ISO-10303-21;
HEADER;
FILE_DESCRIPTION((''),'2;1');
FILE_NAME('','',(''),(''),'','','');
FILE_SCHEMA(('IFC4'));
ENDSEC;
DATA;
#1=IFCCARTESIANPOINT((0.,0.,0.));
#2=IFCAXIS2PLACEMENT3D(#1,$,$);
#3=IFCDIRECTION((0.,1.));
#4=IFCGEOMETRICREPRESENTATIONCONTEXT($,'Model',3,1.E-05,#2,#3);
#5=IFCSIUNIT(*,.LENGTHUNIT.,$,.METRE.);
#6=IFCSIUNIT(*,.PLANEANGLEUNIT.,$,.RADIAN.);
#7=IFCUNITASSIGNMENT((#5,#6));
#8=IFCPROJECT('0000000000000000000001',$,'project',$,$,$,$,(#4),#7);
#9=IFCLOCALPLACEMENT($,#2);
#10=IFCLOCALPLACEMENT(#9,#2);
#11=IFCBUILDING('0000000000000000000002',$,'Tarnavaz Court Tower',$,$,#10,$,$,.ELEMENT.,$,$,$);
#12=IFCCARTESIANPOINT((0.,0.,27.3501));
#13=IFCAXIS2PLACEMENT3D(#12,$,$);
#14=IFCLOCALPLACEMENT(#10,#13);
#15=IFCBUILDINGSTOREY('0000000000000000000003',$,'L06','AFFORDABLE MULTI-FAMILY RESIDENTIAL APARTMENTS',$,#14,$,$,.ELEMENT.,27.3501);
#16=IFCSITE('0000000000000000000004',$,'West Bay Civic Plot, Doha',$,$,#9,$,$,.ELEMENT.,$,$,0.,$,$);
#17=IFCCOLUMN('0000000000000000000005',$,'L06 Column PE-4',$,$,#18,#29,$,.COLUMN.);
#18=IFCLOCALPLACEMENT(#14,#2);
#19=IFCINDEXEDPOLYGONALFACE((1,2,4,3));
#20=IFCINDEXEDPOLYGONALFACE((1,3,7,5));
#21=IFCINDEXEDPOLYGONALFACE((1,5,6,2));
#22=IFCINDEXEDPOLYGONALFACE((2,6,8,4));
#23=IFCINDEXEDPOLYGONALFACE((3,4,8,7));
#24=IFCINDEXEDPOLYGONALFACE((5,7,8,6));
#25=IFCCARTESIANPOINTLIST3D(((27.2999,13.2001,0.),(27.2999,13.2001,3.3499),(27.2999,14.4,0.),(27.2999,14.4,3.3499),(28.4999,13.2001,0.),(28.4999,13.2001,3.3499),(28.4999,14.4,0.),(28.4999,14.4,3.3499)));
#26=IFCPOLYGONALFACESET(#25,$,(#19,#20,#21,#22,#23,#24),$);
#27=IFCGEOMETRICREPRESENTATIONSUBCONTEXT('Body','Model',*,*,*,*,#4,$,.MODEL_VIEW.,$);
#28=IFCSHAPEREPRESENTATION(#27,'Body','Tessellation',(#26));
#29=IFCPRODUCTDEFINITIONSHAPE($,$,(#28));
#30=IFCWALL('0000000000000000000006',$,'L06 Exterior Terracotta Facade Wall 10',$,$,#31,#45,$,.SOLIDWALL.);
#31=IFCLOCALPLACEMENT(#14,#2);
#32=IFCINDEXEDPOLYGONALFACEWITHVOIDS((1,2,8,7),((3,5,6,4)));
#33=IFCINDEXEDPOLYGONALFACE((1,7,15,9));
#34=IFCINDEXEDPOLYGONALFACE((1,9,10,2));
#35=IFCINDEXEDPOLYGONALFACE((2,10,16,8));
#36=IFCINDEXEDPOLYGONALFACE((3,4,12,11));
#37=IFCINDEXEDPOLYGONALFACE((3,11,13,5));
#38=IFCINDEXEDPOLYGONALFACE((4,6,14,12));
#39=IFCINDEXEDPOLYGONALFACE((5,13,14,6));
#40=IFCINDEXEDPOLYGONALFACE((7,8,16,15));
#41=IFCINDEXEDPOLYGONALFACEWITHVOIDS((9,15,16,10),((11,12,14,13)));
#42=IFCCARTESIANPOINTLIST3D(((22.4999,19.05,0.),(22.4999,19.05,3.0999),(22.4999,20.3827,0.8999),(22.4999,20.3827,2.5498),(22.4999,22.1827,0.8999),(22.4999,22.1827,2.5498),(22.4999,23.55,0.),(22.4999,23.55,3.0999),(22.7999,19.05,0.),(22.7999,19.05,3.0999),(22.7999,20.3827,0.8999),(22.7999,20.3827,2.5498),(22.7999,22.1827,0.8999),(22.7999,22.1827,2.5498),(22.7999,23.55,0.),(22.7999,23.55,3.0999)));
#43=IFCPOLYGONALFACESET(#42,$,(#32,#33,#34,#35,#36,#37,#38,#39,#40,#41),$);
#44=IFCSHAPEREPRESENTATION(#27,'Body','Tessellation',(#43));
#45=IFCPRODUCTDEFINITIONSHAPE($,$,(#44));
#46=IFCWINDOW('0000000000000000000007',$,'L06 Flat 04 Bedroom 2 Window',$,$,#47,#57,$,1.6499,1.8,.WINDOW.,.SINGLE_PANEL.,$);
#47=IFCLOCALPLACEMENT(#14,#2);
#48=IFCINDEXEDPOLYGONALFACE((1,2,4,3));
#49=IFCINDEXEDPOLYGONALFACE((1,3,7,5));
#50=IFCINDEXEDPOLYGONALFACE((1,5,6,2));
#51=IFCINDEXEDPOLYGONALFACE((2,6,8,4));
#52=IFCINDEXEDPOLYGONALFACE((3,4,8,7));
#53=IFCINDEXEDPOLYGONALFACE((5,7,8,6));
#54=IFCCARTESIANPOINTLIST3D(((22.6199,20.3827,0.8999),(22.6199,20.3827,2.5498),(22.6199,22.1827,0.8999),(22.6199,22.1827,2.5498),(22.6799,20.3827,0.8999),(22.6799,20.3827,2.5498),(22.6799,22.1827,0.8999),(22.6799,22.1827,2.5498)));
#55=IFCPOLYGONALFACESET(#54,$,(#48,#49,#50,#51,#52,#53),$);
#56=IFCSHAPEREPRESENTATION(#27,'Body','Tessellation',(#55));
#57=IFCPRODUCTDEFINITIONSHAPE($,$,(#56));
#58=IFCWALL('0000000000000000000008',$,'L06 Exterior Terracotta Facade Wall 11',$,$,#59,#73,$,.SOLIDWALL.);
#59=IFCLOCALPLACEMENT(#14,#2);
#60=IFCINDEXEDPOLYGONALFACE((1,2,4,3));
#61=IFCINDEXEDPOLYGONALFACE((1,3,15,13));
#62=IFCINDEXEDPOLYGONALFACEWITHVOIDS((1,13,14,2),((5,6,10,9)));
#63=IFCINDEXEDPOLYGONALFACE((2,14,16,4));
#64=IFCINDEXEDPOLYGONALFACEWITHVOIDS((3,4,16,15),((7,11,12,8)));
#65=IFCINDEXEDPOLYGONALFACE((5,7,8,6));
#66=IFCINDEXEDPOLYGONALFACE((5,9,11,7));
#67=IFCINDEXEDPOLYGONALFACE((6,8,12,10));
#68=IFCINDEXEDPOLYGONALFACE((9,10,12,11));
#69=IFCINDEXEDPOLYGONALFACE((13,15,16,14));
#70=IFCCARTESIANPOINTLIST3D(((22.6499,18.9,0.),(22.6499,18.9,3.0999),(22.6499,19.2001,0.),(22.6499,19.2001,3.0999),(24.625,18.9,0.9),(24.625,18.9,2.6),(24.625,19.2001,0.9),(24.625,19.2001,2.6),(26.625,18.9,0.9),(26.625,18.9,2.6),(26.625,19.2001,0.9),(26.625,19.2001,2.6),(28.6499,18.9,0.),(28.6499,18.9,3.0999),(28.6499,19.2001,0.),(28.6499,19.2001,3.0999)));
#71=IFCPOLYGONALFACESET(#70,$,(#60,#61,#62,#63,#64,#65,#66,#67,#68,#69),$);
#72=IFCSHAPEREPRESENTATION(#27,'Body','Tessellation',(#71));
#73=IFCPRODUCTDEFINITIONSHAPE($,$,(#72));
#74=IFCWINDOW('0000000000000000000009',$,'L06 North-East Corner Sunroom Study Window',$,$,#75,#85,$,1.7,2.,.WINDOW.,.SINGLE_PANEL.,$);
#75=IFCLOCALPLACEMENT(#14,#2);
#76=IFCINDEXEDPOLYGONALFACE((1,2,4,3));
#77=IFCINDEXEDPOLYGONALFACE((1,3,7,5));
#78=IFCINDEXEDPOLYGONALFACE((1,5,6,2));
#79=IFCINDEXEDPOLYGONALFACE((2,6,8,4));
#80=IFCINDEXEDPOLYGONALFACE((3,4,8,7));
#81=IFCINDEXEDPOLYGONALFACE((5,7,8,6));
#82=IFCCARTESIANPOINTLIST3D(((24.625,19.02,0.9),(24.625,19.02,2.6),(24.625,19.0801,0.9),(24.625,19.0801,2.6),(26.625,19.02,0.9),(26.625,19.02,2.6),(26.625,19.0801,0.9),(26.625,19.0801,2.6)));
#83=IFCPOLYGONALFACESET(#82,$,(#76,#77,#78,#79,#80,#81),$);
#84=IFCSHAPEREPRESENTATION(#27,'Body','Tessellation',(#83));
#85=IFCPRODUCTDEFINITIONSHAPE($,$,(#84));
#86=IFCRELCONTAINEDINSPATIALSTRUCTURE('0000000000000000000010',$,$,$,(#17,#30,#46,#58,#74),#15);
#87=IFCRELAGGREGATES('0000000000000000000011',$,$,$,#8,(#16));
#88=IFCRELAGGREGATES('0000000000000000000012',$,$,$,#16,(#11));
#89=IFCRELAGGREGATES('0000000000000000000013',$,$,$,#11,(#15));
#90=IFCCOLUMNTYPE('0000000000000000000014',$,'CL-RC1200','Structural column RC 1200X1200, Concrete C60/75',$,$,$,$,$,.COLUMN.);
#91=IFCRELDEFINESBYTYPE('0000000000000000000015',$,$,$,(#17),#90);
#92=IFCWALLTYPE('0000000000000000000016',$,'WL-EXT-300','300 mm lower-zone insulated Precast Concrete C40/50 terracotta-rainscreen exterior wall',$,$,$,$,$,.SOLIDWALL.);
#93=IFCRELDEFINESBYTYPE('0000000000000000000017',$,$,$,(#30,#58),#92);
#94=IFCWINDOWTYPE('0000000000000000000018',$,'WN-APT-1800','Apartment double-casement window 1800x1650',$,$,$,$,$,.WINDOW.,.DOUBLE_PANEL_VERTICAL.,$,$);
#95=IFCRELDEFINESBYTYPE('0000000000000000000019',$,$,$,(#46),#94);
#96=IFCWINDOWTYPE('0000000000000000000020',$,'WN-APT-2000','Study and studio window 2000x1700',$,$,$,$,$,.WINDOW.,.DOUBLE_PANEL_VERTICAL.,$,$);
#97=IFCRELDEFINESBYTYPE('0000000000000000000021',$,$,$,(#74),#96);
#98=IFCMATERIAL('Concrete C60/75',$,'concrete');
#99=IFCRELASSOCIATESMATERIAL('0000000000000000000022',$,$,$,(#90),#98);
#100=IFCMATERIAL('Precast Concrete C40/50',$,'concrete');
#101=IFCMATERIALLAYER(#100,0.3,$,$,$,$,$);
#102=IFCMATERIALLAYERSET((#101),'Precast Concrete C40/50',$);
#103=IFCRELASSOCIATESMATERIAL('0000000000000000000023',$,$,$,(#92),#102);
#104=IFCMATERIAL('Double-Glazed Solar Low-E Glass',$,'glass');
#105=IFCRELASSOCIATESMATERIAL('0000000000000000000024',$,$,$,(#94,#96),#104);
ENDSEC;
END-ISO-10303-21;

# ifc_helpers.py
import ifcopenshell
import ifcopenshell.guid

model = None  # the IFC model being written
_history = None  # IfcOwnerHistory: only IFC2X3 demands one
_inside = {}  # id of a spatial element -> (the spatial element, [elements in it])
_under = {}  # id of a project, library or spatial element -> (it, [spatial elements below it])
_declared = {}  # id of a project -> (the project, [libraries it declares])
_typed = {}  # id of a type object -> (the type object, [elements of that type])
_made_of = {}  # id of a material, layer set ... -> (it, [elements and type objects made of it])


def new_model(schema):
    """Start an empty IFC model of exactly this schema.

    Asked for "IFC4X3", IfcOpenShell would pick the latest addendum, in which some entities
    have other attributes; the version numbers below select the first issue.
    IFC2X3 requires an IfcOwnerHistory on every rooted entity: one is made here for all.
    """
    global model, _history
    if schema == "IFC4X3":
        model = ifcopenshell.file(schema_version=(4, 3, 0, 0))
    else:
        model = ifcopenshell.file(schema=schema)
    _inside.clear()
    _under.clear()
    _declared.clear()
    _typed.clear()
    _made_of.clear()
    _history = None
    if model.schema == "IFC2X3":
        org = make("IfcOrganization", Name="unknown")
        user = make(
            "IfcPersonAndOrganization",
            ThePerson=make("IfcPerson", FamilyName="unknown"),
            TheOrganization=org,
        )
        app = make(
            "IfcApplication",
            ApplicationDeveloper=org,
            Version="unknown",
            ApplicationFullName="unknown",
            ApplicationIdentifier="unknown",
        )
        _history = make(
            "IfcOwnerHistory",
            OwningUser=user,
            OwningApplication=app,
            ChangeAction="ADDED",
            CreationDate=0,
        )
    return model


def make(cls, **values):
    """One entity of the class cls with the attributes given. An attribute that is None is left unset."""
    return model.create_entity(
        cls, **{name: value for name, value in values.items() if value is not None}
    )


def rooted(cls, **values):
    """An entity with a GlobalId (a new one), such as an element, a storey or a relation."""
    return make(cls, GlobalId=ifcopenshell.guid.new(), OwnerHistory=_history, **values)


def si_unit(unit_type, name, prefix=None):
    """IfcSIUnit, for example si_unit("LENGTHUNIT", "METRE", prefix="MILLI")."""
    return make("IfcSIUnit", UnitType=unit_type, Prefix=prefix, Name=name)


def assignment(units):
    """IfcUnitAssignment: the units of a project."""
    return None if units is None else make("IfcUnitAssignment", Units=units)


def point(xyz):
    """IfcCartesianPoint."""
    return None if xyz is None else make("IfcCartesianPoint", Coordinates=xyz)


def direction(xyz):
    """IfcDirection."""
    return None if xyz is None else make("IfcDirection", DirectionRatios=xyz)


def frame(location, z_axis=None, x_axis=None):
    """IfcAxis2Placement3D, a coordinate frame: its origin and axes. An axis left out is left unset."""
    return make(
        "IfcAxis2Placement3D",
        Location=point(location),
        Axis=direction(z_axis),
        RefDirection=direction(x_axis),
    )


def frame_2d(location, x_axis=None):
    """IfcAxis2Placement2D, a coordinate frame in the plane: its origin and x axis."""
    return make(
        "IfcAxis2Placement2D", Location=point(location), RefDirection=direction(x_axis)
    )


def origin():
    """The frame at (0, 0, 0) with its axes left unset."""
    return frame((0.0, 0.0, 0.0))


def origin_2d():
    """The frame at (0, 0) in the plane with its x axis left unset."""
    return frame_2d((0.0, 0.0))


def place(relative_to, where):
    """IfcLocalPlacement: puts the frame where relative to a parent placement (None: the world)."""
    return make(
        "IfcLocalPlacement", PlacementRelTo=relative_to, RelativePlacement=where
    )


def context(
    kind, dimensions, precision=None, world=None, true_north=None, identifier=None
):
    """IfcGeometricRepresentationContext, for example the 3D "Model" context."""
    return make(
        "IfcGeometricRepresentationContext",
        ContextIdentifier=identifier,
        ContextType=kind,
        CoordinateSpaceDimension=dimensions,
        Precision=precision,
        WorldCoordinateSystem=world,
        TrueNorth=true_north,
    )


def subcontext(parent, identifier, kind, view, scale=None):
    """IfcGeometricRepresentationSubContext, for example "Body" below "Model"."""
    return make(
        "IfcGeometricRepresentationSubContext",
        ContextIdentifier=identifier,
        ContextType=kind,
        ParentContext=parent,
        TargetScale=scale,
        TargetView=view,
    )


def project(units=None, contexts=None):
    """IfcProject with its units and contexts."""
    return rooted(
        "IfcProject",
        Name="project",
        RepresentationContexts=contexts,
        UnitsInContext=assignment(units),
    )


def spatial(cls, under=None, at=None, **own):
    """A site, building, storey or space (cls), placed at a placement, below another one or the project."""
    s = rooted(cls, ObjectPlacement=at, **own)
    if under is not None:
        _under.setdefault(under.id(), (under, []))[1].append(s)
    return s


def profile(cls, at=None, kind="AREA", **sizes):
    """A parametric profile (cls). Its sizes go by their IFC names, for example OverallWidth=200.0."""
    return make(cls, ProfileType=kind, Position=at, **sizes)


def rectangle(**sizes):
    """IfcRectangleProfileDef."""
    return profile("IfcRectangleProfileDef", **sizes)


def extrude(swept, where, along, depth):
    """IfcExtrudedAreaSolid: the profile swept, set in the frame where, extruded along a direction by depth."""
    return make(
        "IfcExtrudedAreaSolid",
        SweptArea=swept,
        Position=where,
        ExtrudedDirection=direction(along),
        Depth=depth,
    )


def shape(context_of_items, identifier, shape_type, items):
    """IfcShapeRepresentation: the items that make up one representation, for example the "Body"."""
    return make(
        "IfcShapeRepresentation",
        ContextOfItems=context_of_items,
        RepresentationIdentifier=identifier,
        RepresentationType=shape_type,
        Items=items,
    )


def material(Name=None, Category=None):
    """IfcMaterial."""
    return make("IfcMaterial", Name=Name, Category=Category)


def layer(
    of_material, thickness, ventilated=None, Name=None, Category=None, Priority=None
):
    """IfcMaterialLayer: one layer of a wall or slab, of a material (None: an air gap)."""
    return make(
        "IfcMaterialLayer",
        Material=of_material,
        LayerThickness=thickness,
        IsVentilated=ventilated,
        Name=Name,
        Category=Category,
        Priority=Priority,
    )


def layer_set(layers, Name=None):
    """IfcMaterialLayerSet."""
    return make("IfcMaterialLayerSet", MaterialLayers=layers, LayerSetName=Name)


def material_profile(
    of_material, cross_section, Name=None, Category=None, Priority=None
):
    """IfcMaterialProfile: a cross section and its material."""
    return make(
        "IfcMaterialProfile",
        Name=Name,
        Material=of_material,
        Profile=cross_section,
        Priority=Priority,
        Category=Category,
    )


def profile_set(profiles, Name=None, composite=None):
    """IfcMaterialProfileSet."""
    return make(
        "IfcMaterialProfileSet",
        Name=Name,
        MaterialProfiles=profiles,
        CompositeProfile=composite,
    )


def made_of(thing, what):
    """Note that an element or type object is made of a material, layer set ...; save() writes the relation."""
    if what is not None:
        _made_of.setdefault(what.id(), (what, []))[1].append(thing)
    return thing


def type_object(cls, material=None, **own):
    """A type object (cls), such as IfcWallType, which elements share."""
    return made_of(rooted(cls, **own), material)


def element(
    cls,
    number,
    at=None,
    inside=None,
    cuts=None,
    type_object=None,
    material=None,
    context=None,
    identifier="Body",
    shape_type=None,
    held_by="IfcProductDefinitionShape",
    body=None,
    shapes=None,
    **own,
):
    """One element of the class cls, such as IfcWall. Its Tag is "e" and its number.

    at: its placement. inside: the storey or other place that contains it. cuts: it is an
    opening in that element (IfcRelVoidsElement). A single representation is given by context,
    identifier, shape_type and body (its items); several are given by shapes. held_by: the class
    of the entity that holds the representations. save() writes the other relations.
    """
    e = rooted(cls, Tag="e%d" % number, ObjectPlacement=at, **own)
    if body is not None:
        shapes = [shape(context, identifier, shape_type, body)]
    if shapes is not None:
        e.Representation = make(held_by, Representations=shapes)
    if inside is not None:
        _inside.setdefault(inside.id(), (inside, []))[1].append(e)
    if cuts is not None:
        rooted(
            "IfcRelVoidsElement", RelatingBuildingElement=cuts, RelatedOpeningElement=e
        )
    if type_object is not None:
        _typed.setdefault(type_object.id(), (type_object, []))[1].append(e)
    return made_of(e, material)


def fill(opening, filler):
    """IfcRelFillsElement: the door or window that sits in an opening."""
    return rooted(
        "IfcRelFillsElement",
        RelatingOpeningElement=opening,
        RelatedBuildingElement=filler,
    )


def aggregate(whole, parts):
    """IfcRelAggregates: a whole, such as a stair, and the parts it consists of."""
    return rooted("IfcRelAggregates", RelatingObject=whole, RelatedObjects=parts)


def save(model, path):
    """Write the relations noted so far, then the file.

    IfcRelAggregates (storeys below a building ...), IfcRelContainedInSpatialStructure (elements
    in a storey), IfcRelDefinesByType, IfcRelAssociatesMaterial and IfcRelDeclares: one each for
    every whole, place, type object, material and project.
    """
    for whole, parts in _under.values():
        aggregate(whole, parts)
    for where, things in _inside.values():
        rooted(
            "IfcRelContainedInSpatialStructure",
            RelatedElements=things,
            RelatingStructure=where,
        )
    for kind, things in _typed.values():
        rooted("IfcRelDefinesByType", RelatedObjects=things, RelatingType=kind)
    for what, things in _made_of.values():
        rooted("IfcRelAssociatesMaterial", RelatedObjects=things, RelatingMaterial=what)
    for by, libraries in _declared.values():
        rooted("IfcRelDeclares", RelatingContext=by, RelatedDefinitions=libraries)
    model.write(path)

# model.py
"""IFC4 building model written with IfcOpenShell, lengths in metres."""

from ifc_helpers import new_model, si_unit, direction, frame, frame_2d, origin, origin_2d, place, context, subcontext, project, spatial, rectangle, extrude, material, layer, layer_set, material_profile, profile_set, type_object, element, fill, save


model = new_model("IFC4")

# Units and contexts
model_context = context("Model", 3, precision=1e-05, world=origin(), true_north=direction((0.0, 1.0)))
body_context = subcontext(model_context, "Body", "Model", "MODEL_VIEW")
ifc_project = project(units=[si_unit("LENGTHUNIT", "METRE"), si_unit("PLANEANGLEUNIT", "RADIAN")], contexts=[model_context])

# Site, building, storey
site_placement = place(None, origin())
site = spatial("IfcSite", under=ifc_project, at=site_placement, Name="West Bay Civic Plot, Doha", CompositionType="ELEMENT", RefElevation=0.0)
building_placement = place(site_placement, origin())
building = spatial("IfcBuilding", under=site, at=building_placement, Name="Tarnavaz Court Tower", CompositionType="ELEMENT")
storey_placement = place(building_placement, frame((0.0, 0.0, 27.3501)))
storey = spatial("IfcBuildingStorey", under=building, at=storey_placement, Name="L06", Description="AFFORDABLE MULTI-FAMILY RESIDENTIAL APARTMENTS", CompositionType="ELEMENT", Elevation=27.3501)

# Column
ifc_material_1 = material(Name="Concrete C60/75", Category="concrete")
ifc_material_profile_1 = material_profile(ifc_material_1, rectangle(XDim=1.2, YDim=1.2, at=origin_2d()), Name="RC 1200X1200")
ifc_profile_set_1 = profile_set([ifc_material_profile_1], Name="Concrete C60/75")
column_type = type_object("IfcColumnType", Name="CL-RC1200", Description="Structural column RC 1200X1200, Concrete C60/75", PredefinedType="COLUMN", material=ifc_profile_set_1)
column_placement = place(storey_placement, frame((27.8999, 13.8, 0.0), z_axis=(0.0, 0.0, 1.0), x_axis=(1.0, 0.0, 0.0)))
element("IfcColumn", 1, at=column_placement, inside=storey, type_object=column_type, Name="L06 Column PE-4", PredefinedType="COLUMN", context=body_context, shape_type="SweptSolid", body=[
    extrude(rectangle(XDim=1.2, YDim=1.2, at=origin_2d()), origin(), (0.0, 0.0, 1.0), 3.3499),
])

# Walls, openings, windows
ifc_material_2 = material(Name="Precast Concrete C40/50", Category="concrete")
ifc_layer_1 = layer(ifc_material_2, 0.3)
ifc_layer_set_1 = layer_set([ifc_layer_1], Name="Precast Concrete C40/50")
wall_type_1 = type_object("IfcWallType", Name="WL-EXT-300", Description="300 mm lower-zone insulated Precast Concrete C40/50 terracotta-rainscreen exterior wall", PredefinedType="SOLIDWALL", material=ifc_layer_set_1)
wall_1_placement = place(storey_placement, frame((22.6499, 23.55, 0.0), z_axis=(0.0, 0.0, 1.0), x_axis=(0.0, -1.0, 0.0)))
wall_1 = element("IfcWall", 2, at=wall_1_placement, inside=storey, type_object=wall_type_1, Name="L06 Exterior Terracotta Facade Wall 10", PredefinedType="SOLIDWALL", context=body_context, shape_type="SweptSolid", body=[
    extrude(rectangle(XDim=4.5, YDim=0.3, at=frame_2d((2.25, 0.0))), origin(), (0.0, 0.0, 1.0), 3.0999),
])
opening_1_placement = place(wall_1_placement, frame((1.3674, 0.0, 0.8999)))
opening_1 = element("IfcOpeningElement", 3, at=opening_1_placement, cuts=wall_1, PredefinedType="OPENING", context=body_context, shape_type="SweptSolid", body=[
    extrude(rectangle(XDim=1.8, YDim=1.6499, at=frame_2d((0.8999, 0.825))), frame((0.0, 0.1599, 0.0), z_axis=(0.0, -1.0, 0.0), x_axis=(1.0, 0.0, 0.0)), (0.0, 0.0, 1.0), 0.3201),
])
ifc_material_3 = material(Name="Double-Glazed Solar Low-E Glass", Category="glass")
window_type_1 = type_object("IfcWindowType", Name="WN-APT-1800", Description="Apartment double-casement window 1800x1650", PartitioningType="DOUBLE_PANEL_VERTICAL", PredefinedType="WINDOW", material=ifc_material_3)
window_1_placement = place(opening_1_placement, origin())
window_1 = element("IfcWindow", 4, at=window_1_placement, inside=storey, type_object=window_type_1, Name="L06 Flat 04 Bedroom 2 Window", OverallHeight=1.6499, OverallWidth=1.8, PartitioningType="SINGLE_PANEL", PredefinedType="WINDOW", context=body_context, shape_type="SweptSolid", body=[
    extrude(rectangle(XDim=1.8, YDim=1.6499, at=frame_2d((0.8999, 0.825))), frame((0.0, 0.03, 0.0), z_axis=(0.0, -1.0, 0.0), x_axis=(1.0, 0.0, 0.0)), (0.0, 0.0, 1.0), 0.0601),
])
fill(opening_1, window_1)
wall_2_placement = place(storey_placement, frame((22.6499, 19.05, 0.0), z_axis=(0.0, 0.0, 1.0), x_axis=(1.0, 0.0, 0.0)))
wall_2 = element("IfcWall", 5, at=wall_2_placement, inside=storey, type_object=wall_type_1, Name="L06 Exterior Terracotta Facade Wall 11", PredefinedType="SOLIDWALL", context=body_context, shape_type="SweptSolid", body=[
    extrude(rectangle(XDim=6.0, YDim=0.3, at=frame_2d((3.0, 0.0))), origin(), (0.0, 0.0, 1.0), 3.0999),
])
opening_2_placement = place(wall_2_placement, frame((1.9751, 0.0, 0.8999)))
opening_2 = element("IfcOpeningElement", 6, at=opening_2_placement, cuts=wall_2, PredefinedType="OPENING", context=body_context, shape_type="SweptSolid", body=[
    extrude(rectangle(XDim=2.0, YDim=1.7, at=frame_2d((1.0, 0.8501))), frame((0.0, 0.1599, 0.0), z_axis=(0.0, -1.0, 0.0), x_axis=(1.0, 0.0, 0.0)), (0.0, 0.0, 1.0), 0.3201),
])
window_type_2 = type_object("IfcWindowType", Name="WN-APT-2000", Description="Study and studio window 2000x1700", PartitioningType="DOUBLE_PANEL_VERTICAL", PredefinedType="WINDOW", material=ifc_material_3)
window_2_placement = place(opening_2_placement, origin())
window_2 = element("IfcWindow", 7, at=window_2_placement, inside=storey, type_object=window_type_2, Name="L06 North-East Corner Sunroom Study Window", OverallHeight=1.7, OverallWidth=2.0, PartitioningType="SINGLE_PANEL", PredefinedType="WINDOW", context=body_context, shape_type="SweptSolid", body=[
    extrude(rectangle(XDim=2.0, YDim=1.7, at=frame_2d((1.0, 0.8501))), frame((0.0, 0.03, 0.0), z_axis=(0.0, -1.0, 0.0), x_axis=(1.0, 0.0, 0.0)), (0.0, 0.0, 1.0), 0.0601),
])
fill(opening_2, window_2)

save(model, "model.ifc")
